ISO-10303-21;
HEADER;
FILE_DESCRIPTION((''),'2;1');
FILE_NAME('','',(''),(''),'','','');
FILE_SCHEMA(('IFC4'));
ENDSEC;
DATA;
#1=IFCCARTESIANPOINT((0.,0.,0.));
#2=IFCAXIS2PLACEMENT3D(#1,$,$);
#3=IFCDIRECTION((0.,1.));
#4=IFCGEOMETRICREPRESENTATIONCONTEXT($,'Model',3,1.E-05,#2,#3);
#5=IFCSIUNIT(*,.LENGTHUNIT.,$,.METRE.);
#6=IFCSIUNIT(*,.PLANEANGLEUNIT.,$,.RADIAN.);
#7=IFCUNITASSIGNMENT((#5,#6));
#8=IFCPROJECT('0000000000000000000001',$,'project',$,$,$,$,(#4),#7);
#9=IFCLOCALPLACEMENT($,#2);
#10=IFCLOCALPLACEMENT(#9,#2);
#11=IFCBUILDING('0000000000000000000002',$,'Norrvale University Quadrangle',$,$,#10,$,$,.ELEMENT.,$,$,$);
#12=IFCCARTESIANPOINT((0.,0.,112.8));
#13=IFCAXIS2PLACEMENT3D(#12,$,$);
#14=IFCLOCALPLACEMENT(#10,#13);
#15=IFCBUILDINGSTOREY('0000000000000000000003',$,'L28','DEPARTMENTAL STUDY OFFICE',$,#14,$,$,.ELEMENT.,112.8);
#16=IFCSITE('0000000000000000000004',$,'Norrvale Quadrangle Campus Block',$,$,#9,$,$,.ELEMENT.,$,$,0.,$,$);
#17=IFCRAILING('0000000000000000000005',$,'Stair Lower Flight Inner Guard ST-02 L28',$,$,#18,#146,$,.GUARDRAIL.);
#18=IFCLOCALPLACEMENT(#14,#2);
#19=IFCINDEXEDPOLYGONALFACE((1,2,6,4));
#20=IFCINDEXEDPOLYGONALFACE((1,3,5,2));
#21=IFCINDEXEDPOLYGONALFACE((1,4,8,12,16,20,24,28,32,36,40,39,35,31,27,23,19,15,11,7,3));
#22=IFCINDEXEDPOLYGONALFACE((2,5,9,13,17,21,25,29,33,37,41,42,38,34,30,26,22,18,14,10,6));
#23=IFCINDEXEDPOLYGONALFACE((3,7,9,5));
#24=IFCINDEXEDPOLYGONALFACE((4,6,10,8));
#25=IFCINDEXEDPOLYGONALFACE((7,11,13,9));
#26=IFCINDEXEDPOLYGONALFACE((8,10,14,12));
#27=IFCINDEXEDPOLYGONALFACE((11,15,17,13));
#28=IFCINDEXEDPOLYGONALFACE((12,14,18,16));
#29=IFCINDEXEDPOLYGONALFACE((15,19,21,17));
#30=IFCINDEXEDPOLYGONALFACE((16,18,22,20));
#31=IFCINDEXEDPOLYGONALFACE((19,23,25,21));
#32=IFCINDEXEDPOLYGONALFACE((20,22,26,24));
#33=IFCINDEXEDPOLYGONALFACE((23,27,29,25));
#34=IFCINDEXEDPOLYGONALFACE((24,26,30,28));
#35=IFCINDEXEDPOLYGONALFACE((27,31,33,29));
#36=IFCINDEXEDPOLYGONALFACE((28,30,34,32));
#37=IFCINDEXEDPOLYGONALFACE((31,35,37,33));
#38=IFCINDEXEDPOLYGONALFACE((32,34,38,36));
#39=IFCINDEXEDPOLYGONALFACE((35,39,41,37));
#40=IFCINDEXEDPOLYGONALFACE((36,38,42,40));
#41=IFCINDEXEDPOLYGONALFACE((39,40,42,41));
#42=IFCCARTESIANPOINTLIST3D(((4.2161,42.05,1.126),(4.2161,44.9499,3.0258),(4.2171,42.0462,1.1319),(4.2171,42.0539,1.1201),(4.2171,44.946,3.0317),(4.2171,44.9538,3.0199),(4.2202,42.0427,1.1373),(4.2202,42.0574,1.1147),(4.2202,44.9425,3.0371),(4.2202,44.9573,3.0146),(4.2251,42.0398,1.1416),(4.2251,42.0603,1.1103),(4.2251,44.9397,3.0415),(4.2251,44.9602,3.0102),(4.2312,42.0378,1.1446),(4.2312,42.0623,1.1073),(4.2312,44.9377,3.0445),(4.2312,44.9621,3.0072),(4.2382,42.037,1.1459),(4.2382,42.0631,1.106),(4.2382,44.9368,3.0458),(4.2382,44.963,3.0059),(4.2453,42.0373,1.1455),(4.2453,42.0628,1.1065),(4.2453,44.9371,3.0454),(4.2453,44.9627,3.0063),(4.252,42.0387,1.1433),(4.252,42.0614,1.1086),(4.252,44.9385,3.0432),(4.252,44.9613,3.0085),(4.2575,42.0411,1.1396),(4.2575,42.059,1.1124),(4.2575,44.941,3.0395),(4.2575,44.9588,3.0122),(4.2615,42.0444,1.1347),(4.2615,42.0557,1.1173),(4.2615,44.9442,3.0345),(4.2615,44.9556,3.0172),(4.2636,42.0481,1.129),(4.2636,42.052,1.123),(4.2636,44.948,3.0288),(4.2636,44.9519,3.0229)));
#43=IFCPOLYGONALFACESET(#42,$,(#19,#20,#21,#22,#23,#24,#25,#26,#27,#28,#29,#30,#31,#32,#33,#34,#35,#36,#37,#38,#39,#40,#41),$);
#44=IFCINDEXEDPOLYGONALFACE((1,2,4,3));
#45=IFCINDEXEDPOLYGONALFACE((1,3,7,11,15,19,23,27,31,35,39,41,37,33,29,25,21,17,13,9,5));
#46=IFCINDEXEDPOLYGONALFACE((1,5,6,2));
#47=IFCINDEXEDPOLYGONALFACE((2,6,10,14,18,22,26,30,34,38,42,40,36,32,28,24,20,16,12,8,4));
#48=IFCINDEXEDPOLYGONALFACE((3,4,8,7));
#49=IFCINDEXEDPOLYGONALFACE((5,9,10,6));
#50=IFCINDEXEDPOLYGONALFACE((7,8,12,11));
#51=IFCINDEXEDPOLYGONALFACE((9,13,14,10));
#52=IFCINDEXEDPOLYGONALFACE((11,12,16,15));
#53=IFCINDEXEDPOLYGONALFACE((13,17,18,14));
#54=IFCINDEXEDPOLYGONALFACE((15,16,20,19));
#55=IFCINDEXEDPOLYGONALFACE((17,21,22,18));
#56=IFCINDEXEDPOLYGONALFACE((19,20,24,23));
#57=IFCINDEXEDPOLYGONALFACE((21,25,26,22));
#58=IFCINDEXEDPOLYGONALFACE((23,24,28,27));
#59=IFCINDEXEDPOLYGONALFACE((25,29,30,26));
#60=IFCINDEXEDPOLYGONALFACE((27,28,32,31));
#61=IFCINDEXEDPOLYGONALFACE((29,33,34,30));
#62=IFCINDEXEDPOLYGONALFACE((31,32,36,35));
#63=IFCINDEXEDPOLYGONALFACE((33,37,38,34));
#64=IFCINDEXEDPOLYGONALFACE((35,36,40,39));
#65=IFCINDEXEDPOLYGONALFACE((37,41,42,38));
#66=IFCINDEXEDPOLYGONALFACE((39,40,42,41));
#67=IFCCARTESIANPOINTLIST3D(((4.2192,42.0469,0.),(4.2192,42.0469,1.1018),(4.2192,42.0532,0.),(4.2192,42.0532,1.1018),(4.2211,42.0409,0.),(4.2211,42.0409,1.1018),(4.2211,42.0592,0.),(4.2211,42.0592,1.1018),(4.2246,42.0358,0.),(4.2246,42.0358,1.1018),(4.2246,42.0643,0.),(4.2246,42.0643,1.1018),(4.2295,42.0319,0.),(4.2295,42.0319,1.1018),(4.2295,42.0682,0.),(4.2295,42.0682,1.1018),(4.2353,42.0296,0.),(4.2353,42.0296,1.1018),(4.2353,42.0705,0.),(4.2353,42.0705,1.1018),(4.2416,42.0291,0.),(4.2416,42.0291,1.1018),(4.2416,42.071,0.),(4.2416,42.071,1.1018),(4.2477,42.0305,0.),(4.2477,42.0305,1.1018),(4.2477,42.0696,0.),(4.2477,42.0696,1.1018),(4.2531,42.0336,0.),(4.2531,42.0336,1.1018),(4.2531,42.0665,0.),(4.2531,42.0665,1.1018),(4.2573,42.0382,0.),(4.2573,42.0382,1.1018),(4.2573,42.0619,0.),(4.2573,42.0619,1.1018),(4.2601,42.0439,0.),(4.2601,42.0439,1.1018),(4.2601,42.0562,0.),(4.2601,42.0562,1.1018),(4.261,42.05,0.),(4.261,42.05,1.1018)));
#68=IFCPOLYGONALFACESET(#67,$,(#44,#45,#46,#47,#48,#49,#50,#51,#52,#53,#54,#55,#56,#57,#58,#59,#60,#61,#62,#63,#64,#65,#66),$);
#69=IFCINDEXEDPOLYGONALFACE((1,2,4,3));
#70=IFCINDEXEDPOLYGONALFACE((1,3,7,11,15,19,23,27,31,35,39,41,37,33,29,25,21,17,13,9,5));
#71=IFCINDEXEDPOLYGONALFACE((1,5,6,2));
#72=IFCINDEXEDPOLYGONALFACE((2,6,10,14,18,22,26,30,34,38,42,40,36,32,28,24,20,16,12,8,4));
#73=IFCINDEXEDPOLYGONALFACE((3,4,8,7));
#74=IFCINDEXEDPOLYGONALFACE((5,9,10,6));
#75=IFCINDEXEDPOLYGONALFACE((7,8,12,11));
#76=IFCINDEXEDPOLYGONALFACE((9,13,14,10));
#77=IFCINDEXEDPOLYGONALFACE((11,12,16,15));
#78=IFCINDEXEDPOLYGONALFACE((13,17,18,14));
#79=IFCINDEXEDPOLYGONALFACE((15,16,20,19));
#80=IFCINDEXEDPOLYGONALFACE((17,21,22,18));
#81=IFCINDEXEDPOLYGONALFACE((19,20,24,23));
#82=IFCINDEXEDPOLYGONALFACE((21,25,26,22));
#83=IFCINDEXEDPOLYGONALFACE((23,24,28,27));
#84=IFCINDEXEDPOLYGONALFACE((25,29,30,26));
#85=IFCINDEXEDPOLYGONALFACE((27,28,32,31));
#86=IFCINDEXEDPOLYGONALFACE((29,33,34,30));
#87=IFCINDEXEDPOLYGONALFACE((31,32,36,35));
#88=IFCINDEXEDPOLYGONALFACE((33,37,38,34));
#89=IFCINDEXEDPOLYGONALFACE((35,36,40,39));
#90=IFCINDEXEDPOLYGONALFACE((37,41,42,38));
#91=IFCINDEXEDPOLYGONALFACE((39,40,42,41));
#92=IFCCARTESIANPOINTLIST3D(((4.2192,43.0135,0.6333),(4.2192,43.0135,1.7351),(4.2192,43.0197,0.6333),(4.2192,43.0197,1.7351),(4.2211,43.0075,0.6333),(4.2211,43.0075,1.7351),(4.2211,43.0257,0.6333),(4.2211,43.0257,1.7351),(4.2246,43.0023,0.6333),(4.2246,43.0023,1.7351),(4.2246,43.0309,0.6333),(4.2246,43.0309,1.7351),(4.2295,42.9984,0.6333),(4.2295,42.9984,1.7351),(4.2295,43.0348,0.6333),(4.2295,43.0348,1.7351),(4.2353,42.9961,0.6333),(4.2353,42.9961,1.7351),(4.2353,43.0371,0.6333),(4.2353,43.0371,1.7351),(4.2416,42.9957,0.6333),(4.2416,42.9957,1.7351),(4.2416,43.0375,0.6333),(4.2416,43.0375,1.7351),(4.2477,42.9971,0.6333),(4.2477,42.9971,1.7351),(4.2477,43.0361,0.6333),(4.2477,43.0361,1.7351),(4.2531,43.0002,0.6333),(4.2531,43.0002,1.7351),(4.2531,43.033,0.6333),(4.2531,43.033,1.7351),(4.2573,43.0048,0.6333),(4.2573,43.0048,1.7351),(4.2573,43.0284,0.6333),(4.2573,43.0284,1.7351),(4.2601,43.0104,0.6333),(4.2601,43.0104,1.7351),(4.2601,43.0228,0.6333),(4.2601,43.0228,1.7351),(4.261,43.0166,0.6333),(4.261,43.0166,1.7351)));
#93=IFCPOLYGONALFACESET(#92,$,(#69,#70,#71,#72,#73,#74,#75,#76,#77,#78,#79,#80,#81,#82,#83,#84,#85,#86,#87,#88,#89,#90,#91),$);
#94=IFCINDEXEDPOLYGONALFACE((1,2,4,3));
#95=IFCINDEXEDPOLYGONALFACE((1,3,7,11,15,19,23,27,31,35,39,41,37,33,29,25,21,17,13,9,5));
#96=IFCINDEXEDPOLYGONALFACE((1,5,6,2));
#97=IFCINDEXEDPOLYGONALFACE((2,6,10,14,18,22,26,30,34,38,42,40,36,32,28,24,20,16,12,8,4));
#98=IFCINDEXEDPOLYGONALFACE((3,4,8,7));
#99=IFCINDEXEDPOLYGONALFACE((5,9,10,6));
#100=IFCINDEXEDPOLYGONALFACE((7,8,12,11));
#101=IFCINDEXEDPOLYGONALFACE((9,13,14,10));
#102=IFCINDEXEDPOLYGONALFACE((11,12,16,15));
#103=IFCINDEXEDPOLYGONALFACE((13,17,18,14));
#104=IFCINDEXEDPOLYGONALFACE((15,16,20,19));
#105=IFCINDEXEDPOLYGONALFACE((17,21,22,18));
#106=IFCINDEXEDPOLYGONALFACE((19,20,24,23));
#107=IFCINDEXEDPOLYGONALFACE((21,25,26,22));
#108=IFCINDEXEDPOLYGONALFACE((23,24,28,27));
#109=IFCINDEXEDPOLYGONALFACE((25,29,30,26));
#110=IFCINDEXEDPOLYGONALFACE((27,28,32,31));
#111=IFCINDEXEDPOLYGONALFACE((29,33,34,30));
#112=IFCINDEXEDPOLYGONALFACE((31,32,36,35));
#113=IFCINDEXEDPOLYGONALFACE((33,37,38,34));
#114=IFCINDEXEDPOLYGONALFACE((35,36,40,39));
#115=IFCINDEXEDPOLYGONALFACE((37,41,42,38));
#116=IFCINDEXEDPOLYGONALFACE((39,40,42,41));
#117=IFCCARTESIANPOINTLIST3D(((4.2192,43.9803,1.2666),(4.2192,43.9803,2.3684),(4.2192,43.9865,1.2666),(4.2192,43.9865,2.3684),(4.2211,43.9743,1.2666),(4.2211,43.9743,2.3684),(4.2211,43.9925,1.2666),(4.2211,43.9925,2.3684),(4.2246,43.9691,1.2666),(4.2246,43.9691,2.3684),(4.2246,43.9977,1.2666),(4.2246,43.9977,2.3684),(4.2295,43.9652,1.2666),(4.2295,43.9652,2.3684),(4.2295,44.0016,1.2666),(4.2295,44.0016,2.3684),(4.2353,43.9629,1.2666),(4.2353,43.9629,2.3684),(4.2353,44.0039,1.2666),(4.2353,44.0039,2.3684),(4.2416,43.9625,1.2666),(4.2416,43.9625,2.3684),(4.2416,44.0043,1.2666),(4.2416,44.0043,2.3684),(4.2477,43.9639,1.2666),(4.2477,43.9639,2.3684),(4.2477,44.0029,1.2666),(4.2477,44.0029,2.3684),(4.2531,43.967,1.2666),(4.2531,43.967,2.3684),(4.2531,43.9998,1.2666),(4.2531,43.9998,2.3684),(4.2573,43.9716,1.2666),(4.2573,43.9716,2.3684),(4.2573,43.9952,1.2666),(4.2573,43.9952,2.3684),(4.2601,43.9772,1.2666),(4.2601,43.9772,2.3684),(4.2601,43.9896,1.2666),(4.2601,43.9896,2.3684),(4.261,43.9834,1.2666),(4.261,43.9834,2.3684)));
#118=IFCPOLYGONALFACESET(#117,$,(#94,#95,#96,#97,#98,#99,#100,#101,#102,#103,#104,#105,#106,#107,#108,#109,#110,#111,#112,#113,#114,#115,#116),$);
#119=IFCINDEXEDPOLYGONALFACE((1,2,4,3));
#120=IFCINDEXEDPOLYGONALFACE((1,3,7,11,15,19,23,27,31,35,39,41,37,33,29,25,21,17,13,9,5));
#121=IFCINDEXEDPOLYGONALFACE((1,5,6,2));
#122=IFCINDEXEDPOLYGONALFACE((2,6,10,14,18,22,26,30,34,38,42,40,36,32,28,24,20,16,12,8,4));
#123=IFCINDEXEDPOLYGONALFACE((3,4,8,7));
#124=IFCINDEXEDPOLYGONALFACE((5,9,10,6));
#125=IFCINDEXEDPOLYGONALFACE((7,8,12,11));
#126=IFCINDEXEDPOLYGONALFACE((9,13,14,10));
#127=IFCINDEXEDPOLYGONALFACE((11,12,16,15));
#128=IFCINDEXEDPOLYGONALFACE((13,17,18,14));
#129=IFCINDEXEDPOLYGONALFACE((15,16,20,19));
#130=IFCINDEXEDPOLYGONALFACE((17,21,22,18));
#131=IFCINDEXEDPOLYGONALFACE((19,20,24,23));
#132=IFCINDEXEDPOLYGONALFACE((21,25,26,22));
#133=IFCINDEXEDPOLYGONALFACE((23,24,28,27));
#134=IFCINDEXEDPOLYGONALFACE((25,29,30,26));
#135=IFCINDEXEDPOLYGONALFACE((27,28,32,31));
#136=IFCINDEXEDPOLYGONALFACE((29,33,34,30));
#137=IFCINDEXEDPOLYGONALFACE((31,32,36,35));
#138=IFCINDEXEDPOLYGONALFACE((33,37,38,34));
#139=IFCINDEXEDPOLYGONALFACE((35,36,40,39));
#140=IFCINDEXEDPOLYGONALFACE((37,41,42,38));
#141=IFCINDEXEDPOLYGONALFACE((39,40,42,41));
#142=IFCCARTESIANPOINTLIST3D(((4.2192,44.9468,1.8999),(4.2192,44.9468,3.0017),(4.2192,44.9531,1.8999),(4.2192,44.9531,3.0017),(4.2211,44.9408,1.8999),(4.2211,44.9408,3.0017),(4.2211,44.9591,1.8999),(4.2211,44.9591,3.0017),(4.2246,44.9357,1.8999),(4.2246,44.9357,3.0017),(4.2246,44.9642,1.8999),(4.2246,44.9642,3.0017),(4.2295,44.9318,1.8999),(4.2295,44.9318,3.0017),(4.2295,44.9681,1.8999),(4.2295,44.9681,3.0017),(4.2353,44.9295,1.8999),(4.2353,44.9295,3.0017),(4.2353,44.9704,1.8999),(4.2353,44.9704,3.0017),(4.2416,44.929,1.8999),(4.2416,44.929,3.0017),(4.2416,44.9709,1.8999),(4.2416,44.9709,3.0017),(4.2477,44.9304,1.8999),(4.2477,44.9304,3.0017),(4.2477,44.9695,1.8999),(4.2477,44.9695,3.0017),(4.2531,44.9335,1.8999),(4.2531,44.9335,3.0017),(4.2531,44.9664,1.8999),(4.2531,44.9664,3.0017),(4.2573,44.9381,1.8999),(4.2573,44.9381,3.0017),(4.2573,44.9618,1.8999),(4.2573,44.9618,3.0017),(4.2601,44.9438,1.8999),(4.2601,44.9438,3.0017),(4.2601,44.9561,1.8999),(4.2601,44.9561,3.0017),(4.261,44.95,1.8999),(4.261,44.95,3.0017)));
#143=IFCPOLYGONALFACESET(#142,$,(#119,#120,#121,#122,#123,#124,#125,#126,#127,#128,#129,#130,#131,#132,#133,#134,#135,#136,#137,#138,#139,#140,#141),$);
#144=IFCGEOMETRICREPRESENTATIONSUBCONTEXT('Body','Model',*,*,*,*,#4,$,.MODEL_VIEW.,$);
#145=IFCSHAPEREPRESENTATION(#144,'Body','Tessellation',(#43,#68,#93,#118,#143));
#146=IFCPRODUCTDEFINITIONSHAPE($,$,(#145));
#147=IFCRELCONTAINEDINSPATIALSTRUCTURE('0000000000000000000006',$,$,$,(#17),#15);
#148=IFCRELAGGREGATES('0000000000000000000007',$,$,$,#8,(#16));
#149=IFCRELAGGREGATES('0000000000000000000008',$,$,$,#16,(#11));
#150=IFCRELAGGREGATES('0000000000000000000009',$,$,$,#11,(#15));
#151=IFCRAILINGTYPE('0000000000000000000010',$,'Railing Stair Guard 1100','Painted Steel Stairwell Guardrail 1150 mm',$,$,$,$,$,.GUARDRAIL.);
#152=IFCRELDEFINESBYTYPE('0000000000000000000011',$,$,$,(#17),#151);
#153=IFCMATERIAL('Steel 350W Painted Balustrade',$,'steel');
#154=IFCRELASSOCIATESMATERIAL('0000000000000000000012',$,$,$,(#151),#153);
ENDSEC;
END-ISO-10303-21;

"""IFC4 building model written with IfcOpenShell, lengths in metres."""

from ifc_helpers import new_model, si_unit, direction, frame, origin, origin_2d, place, context, subcontext, project, spatial, circle, extrude, material, type_object, element, save


model = new_model("IFC4")

# Units and contexts
model_context = context("Model", 3, precision=1e-05, world=origin(), true_north=direction((0.0, 1.0)))
body_context = subcontext(model_context, "Body", "Model", "MODEL_VIEW")
ifc_project = project(units=[si_unit("LENGTHUNIT", "METRE"), si_unit("PLANEANGLEUNIT", "RADIAN")], contexts=[model_context])

# Site, building, storey
site_placement = place(None, origin())
site = spatial("IfcSite", under=ifc_project, at=site_placement, Name="Norrvale Quadrangle Campus Block", CompositionType="ELEMENT", RefElevation=0.0)
building_placement = place(site_placement, origin())
building = spatial("IfcBuilding", under=site, at=building_placement, Name="Norrvale University Quadrangle", CompositionType="ELEMENT")
storey_placement = place(building_placement, frame((0.0, 0.0, 112.8)))
storey = spatial("IfcBuildingStorey", under=building, at=storey_placement, Name="L28", Description="DEPARTMENTAL STUDY OFFICE", CompositionType="ELEMENT", Elevation=112.8)

# Railing
ifc_material_1 = material(Name="Steel 350W Painted Balustrade", Category="steel")
railing_type_1 = type_object("IfcRailingType", Name="Railing Stair Guard 1100", Description="Painted Steel Stairwell Guardrail 1150 mm", PredefinedType="GUARDRAIL", material=ifc_material_1)
railing_1_placement = place(storey_placement, frame((4.24, 42.05, 0.0)))
element("IfcRailing", 1, at=railing_1_placement, inside=storey, type_object=railing_type_1, Name="Stair Lower Flight Inner Guard ST-02 L28", PredefinedType="GUARDRAIL", context=body_context, shape_type="SweptSolid", body=[
    extrude(circle(Radius=0.0239, at=origin_2d()), frame((0.0, 0.0, 1.126), z_axis=(0.0, 0.836466, 0.548019), x_axis=(-1.0, 0.0, 0.0)), (0.0, 0.0, 1.0), 3.4668),
    extrude(circle(Radius=0.021, at=origin_2d()), origin(), (0.0, 0.0, 1.0), 1.1018),
    extrude(circle(Radius=0.021, at=origin_2d()), frame((0.0, 0.9666, 0.6333)), (0.0, 0.0, 1.0), 1.1018),
    extrude(circle(Radius=0.021, at=origin_2d()), frame((0.0, 1.9333, 1.2666)), (0.0, 0.0, 1.0), 1.1018),
    extrude(circle(Radius=0.021, at=origin_2d()), frame((0.0, 2.8999, 1.8999)), (0.0, 0.0, 1.0), 1.1018),
])

save(model, "model.ifc")
